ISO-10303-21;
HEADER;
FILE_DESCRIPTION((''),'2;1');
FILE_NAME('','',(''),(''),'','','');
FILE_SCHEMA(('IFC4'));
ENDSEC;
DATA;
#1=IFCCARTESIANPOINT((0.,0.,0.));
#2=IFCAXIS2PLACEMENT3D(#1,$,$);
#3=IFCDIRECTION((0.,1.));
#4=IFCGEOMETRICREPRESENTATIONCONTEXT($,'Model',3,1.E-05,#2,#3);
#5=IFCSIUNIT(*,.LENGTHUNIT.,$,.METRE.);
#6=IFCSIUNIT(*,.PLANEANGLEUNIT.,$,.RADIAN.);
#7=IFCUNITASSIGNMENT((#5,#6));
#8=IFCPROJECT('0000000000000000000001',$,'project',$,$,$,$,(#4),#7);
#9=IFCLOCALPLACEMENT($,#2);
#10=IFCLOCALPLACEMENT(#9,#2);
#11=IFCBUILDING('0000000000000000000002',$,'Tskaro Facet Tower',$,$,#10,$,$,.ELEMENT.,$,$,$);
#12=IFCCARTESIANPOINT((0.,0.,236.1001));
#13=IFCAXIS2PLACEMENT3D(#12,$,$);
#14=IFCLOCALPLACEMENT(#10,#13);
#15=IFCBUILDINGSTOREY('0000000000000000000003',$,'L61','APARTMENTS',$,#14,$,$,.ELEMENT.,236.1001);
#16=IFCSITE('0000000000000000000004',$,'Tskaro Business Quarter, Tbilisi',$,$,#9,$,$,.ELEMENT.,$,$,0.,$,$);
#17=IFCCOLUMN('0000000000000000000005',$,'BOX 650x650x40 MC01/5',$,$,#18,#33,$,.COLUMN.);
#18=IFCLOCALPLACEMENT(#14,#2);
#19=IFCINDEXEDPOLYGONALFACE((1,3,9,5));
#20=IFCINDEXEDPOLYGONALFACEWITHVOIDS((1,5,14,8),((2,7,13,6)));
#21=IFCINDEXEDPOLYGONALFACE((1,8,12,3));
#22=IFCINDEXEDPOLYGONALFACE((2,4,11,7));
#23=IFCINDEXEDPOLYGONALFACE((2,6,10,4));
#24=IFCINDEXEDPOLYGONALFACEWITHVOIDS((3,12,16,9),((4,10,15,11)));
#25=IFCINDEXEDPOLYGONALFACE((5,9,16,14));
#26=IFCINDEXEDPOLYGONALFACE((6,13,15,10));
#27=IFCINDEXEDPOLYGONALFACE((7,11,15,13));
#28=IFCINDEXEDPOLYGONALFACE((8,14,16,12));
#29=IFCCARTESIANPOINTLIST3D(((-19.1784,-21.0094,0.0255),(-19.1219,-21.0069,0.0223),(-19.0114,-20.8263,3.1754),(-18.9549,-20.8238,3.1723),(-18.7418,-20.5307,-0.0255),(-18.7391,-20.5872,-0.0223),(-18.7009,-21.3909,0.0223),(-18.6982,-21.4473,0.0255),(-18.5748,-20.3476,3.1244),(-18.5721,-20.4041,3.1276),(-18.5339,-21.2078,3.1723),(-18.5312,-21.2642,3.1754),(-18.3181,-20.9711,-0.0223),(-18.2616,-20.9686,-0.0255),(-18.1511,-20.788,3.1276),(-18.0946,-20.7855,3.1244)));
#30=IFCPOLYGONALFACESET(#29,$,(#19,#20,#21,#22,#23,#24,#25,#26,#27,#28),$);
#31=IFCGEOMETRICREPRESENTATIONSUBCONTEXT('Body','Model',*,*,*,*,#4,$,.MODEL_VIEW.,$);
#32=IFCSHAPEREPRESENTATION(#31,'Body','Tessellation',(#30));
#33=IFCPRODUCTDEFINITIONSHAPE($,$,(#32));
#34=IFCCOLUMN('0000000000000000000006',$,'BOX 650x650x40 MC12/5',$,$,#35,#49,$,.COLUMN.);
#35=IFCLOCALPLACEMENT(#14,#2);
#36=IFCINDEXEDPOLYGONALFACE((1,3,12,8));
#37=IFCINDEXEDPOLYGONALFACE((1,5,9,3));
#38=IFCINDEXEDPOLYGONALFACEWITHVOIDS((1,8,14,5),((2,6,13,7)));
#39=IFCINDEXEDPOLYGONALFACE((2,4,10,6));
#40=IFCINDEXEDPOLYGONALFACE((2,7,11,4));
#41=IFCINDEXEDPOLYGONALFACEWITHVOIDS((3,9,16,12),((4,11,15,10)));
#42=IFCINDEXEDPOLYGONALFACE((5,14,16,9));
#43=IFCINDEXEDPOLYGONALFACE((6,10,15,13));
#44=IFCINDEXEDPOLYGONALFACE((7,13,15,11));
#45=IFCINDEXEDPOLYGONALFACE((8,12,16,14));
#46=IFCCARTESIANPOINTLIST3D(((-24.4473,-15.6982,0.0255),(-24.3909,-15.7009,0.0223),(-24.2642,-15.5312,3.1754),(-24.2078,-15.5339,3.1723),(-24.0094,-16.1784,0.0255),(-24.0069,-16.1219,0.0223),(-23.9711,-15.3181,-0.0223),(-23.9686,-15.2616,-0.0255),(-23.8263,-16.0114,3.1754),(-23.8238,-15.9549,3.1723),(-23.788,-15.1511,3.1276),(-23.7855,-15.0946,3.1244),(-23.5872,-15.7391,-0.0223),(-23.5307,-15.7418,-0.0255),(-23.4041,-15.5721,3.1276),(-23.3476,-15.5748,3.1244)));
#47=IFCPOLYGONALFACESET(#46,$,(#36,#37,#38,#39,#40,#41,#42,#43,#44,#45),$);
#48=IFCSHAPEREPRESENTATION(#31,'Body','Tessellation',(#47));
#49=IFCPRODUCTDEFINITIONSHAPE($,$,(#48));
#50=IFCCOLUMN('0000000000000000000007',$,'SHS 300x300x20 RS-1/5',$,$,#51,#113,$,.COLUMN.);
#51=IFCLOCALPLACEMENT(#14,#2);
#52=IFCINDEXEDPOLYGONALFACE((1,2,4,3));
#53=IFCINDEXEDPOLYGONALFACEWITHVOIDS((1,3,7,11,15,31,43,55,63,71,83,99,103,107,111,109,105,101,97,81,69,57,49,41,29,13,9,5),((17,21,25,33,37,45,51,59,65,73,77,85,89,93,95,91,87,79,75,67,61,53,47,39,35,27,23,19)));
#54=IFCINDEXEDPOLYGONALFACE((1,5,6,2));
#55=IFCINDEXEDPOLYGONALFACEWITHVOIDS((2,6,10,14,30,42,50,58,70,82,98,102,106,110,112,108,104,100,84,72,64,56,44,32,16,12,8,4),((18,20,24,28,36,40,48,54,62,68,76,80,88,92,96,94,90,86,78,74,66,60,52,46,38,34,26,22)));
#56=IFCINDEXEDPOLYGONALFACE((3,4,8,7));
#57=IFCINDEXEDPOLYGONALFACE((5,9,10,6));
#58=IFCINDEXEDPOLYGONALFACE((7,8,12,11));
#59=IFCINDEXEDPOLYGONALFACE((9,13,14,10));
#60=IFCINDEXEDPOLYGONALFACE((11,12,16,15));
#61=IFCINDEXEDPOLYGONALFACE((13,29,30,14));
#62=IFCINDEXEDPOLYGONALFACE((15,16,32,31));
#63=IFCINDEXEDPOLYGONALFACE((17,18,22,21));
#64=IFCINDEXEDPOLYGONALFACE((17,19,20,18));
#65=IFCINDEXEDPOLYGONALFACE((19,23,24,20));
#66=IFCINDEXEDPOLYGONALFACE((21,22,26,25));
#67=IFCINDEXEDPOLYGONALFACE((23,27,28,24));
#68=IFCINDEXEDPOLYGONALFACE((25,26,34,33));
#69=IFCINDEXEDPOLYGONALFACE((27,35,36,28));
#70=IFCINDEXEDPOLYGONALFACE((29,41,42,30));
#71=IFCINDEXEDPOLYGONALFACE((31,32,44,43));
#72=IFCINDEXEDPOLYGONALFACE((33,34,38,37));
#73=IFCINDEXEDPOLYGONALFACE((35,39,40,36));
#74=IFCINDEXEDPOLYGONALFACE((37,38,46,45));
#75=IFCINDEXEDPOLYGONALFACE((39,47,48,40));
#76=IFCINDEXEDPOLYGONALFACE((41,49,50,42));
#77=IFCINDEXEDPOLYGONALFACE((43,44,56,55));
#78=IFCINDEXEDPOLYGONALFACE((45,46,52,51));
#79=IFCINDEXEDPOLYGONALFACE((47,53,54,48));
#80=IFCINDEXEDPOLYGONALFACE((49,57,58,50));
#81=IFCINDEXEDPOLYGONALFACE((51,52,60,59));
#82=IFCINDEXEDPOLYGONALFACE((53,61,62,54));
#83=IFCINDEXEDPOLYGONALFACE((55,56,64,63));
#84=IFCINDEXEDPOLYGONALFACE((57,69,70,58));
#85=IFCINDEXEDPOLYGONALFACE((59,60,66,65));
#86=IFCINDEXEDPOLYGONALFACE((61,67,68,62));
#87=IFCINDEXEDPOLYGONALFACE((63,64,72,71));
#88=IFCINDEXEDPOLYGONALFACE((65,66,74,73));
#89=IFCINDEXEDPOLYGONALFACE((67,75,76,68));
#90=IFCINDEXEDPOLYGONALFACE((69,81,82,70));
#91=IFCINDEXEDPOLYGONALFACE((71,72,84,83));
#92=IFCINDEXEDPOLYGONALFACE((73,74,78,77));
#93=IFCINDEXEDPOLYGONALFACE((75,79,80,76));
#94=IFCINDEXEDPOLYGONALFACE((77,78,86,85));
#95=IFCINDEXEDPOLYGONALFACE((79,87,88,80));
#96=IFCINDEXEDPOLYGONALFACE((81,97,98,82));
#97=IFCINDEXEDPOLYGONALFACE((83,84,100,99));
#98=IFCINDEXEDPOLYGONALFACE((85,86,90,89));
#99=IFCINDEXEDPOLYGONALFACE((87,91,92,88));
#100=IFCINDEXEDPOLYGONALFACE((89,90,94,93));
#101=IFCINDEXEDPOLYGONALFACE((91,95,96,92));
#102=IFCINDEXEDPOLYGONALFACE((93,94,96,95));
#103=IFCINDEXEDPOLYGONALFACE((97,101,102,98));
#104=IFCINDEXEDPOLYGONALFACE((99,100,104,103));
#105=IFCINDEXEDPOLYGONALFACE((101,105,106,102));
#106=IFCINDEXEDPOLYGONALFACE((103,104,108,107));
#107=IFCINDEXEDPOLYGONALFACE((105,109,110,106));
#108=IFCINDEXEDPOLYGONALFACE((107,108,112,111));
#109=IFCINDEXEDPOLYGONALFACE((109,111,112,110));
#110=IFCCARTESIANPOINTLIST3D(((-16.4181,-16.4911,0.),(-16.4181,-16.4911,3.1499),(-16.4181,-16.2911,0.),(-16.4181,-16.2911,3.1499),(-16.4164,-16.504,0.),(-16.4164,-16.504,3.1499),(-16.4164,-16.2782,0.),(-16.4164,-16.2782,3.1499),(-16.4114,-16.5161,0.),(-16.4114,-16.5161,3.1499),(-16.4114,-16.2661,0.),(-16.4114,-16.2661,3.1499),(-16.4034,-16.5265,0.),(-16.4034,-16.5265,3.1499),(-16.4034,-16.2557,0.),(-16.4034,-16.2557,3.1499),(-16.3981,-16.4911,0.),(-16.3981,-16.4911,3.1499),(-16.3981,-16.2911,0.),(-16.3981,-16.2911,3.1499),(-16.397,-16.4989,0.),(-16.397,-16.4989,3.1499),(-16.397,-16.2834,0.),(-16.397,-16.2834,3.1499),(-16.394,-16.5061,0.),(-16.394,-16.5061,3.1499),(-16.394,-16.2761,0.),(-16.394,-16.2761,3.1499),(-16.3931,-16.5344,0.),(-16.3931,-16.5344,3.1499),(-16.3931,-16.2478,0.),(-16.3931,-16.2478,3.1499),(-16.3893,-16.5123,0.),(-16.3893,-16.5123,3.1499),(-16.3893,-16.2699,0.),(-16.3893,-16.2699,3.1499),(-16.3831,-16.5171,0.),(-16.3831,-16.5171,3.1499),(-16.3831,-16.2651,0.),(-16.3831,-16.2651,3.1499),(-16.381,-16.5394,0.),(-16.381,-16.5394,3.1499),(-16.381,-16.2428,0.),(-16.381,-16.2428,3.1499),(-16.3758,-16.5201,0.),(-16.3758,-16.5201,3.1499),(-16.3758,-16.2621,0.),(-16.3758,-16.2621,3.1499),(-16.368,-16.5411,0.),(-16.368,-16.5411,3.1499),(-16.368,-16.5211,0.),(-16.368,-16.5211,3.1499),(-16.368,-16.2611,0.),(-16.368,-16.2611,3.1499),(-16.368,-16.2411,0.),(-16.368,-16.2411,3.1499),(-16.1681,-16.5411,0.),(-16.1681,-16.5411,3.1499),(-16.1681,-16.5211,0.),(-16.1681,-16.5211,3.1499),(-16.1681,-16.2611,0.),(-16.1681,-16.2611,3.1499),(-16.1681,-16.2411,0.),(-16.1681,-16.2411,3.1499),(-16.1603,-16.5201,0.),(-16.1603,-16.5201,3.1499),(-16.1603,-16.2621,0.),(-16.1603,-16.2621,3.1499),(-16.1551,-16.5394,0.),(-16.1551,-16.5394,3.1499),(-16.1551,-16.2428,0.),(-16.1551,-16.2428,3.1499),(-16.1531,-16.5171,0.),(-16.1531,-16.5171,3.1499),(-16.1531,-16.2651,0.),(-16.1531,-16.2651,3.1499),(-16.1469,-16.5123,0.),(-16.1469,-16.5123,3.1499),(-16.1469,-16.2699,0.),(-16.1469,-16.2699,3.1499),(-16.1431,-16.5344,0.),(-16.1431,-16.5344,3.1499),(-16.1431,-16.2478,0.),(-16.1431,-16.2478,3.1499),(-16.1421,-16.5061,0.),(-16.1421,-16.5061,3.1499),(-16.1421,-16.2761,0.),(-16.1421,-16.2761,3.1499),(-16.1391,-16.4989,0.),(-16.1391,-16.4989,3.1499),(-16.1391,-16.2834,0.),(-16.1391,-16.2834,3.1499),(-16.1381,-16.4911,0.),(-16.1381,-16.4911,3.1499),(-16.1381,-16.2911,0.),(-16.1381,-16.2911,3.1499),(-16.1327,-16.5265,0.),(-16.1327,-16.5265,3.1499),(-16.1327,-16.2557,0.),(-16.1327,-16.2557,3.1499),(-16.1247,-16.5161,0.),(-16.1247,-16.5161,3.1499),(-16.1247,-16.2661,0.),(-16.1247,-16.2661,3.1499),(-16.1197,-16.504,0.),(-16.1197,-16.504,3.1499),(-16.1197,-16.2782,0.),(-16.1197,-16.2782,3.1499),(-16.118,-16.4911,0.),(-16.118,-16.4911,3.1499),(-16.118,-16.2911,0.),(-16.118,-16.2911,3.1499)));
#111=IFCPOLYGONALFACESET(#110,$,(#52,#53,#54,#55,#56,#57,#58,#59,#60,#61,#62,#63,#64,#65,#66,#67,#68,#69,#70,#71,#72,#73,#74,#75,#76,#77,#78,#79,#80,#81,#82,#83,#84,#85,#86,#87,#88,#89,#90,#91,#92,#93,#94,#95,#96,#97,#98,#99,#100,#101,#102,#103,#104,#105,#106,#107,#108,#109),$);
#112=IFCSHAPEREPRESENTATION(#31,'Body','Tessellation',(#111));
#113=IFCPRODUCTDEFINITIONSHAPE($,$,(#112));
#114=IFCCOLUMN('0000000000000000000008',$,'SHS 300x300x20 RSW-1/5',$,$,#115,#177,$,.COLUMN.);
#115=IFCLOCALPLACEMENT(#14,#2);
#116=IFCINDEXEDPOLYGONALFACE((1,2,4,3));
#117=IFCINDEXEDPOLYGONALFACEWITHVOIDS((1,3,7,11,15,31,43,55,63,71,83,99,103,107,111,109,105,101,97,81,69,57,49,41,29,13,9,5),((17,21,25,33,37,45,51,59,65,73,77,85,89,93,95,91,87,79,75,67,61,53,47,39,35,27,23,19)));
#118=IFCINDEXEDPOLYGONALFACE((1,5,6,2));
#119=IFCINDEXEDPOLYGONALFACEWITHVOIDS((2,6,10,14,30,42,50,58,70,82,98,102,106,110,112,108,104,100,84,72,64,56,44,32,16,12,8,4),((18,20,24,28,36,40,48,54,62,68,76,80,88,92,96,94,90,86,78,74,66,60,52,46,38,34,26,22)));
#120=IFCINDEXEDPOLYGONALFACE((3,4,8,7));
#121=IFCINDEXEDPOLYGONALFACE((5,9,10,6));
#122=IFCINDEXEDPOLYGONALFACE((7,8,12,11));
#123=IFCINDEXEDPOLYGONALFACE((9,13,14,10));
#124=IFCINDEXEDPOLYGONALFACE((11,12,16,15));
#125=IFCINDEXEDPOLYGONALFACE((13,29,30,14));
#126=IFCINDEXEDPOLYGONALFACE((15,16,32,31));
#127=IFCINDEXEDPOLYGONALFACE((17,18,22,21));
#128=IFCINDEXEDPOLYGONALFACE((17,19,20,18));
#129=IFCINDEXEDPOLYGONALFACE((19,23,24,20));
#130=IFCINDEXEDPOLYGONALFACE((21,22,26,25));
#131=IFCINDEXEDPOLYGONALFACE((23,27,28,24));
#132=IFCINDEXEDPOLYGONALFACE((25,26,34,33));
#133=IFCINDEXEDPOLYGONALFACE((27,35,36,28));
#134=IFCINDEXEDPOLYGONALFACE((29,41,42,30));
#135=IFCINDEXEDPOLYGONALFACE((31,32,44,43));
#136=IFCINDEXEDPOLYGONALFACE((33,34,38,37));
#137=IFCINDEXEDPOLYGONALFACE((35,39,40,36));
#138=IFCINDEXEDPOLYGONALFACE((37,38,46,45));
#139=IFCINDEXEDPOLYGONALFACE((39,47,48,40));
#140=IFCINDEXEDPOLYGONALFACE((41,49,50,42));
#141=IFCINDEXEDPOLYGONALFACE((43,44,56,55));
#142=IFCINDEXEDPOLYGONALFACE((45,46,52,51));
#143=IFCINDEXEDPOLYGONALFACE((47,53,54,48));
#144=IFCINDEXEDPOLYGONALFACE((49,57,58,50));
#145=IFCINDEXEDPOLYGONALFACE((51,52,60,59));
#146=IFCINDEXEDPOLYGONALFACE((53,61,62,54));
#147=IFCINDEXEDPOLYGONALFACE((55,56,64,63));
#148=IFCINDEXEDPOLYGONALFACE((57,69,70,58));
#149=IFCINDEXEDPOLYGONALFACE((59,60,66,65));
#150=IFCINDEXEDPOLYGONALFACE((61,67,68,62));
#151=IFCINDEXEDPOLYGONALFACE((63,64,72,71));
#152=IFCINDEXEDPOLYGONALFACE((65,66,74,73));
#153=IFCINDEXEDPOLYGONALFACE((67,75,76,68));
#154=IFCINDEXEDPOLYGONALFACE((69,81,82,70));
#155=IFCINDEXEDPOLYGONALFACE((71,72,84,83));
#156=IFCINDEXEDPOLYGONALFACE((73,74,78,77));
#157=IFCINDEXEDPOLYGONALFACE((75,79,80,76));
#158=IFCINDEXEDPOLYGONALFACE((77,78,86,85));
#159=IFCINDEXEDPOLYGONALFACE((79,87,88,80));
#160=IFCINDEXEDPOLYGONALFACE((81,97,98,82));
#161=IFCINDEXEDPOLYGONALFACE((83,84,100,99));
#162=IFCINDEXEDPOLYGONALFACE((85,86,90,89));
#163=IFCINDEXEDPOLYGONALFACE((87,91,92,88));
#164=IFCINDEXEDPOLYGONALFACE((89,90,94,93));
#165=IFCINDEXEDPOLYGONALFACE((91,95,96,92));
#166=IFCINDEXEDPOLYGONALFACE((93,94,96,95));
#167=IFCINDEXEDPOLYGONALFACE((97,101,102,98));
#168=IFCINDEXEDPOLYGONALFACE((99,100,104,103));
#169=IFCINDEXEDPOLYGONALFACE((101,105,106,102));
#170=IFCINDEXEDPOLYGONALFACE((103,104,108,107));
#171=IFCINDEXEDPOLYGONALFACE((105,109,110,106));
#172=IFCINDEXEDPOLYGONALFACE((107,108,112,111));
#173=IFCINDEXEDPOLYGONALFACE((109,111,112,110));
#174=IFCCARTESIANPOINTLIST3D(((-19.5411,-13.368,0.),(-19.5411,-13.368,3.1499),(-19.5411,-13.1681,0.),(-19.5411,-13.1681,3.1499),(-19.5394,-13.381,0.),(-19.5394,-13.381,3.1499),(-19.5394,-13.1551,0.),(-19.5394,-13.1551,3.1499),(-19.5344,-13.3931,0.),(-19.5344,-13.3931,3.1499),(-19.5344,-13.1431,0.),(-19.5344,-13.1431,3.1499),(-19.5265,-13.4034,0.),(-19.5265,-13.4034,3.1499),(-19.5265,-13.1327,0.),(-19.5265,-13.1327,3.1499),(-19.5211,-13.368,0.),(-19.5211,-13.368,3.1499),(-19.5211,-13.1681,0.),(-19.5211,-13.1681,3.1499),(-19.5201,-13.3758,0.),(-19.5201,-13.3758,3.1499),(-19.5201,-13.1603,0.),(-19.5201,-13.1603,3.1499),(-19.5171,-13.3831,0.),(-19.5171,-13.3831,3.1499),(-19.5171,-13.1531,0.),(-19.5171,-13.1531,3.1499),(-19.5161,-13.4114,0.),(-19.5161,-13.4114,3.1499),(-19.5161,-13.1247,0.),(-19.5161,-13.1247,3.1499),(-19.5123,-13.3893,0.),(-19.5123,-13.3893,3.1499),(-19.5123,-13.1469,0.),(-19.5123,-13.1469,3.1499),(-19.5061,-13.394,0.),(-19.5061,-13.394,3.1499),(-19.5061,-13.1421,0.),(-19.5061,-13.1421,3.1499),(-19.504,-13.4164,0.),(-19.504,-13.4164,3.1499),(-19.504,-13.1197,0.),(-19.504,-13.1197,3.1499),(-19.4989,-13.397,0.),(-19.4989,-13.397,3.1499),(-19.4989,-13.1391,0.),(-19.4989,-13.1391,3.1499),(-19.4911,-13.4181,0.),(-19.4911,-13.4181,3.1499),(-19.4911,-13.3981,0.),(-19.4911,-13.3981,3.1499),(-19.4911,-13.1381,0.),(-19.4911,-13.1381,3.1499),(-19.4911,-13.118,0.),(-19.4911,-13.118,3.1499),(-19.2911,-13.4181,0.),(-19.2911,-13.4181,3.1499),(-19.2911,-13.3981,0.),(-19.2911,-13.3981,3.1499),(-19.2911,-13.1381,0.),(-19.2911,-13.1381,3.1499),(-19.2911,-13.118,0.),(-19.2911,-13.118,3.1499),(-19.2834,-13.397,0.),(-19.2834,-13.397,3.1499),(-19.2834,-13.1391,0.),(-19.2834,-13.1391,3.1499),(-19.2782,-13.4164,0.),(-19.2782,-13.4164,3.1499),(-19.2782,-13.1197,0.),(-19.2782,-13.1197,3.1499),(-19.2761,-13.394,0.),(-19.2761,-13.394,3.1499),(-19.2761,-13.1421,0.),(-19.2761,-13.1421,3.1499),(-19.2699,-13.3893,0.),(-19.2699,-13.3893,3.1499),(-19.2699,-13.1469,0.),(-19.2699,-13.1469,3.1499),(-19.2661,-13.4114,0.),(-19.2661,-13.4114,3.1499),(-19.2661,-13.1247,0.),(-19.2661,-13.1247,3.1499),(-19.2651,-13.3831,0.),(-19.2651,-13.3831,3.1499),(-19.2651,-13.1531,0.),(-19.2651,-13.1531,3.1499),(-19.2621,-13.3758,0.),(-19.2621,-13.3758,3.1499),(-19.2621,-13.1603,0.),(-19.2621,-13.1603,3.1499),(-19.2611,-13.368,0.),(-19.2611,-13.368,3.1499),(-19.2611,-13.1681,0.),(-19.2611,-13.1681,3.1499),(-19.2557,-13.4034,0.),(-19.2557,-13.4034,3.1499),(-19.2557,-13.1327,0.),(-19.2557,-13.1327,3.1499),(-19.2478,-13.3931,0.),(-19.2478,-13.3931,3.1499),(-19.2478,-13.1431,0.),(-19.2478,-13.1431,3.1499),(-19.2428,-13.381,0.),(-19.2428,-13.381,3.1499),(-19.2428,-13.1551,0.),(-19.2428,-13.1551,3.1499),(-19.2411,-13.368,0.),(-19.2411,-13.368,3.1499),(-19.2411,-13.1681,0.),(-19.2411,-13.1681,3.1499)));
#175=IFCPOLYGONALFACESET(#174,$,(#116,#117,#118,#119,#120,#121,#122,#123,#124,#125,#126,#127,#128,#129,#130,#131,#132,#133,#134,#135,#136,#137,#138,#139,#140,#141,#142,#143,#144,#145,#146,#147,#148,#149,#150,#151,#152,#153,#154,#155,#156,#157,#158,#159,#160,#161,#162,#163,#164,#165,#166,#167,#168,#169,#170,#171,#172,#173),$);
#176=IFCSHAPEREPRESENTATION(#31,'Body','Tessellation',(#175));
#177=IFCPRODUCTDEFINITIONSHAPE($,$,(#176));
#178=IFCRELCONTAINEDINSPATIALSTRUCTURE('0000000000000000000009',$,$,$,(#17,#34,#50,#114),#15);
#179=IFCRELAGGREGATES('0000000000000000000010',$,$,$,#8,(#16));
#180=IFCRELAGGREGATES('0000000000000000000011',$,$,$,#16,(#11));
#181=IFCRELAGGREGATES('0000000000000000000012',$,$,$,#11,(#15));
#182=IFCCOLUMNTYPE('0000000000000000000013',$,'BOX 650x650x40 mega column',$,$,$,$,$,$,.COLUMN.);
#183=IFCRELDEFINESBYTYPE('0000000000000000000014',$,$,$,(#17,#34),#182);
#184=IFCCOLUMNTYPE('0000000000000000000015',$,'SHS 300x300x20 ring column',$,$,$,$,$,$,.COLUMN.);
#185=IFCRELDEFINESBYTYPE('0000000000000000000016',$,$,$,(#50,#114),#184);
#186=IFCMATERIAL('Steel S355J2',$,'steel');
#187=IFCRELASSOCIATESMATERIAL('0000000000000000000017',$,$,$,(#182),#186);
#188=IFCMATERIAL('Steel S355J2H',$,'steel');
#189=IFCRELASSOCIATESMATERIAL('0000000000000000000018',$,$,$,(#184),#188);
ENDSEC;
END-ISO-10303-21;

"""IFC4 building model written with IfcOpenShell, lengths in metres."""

from ifc_helpers import new_model, si_unit, direction, frame, origin, origin_2d, place, context, subcontext, project, spatial, hollow_rectangle, extrude, material, material_profile, profile_set, type_object, element, save


model = new_model("IFC4")

# Units and contexts
model_context = context("Model", 3, precision=1e-05, world=origin(), true_north=direction((0.0, 1.0)))
body_context = subcontext(model_context, "Body", "Model", "MODEL_VIEW")
ifc_project = project(units=[si_unit("LENGTHUNIT", "METRE"), si_unit("PLANEANGLEUNIT", "RADIAN")], contexts=[model_context])

# Site, building, storey
site_placement = place(None, origin())
site = spatial("IfcSite", under=ifc_project, at=site_placement, Name="Tskaro Business Quarter, Tbilisi", CompositionType="ELEMENT", RefElevation=0.0)
building_placement = place(site_placement, origin())
building = spatial("IfcBuilding", under=site, at=building_placement, Name="Tskaro Facet Tower", CompositionType="ELEMENT")
storey_placement = place(building_placement, frame((0.0, 0.0, 236.1001)))
storey = spatial("IfcBuildingStorey", under=building, at=storey_placement, Name="L61", Description="APARTMENTS", CompositionType="ELEMENT", Elevation=236.1001)

# Columns
ifc_material_1 = material(Name="Steel S355J2", Category="steel")
ifc_material_profile_1 = material_profile(ifc_material_1, hollow_rectangle(XDim=0.6499, YDim=0.6499, WallThickness=0.04, at=origin_2d()), Name="BOX 650x650x40")
ifc_profile_set_1 = profile_set([ifc_material_profile_1], Name="Steel S355J2")
column_type_1 = type_object("IfcColumnType", Name="BOX 650x650x40 mega column", PredefinedType="COLUMN", material=ifc_profile_set_1)
for number, where, z_axis, x_axis, name in (
    (1, (-18.72, -20.989, 0.0), (0.052852, 0.057951, 0.996919), (-0.738869, 0.673849, 0.0), "BOX 650x650x40 MC01/5"),
    (2, (-23.989, -15.72, 0.0), (0.057951, 0.052852, 0.996919), (-0.673849, 0.738869, 0.0), "BOX 650x650x40 MC12/5"),
):
    element("IfcColumn", number, at=place(storey_placement, frame(where, z_axis=z_axis, x_axis=x_axis)), inside=storey, type_object=column_type_1, Name=name, PredefinedType="COLUMN", context=body_context, shape_type="SweptSolid", body=[
        extrude(hollow_rectangle(XDim=0.6499, YDim=0.6499, WallThickness=0.04, at=origin_2d()), origin(), (0.0, 0.0, 1.0), 3.1597),
    ])
ifc_material_2 = material(Name="Steel S355J2H", Category="steel")
ifc_material_profile_2 = material_profile(ifc_material_2, hollow_rectangle(XDim=0.3, YDim=0.3, WallThickness=0.02, InnerFilletRadius=0.03, OuterFilletRadius=0.05, at=origin_2d()), Name="SHS 300x300x20")
ifc_profile_set_2 = profile_set([ifc_material_profile_2], Name="Steel S355J2H")
column_type_2 = type_object("IfcColumnType", Name="SHS 300x300x20 ring column", PredefinedType="COLUMN", material=ifc_profile_set_2)
for number, where, z_axis, x_axis, name in (
    (3, (-16.2681, -16.3911, 0.0), (0.0, 0.0, 1.0), (1.0, 0.0, 0.0), "SHS 300x300x20 RS-1/5"),
    (4, (-19.3911, -13.2681, 0.0), (0.0, 0.0, 1.0), (1.0, 0.0, 0.0), "SHS 300x300x20 RSW-1/5"),
):
    element("IfcColumn", number, at=place(storey_placement, frame(where, z_axis=z_axis, x_axis=x_axis)), inside=storey, type_object=column_type_2, Name=name, PredefinedType="COLUMN", context=body_context, shape_type="SweptSolid", body=[
        extrude(hollow_rectangle(XDim=0.3, YDim=0.3, WallThickness=0.02, InnerFilletRadius=0.03, OuterFilletRadius=0.05, at=origin_2d()), origin(), (0.0, 0.0, 1.0), 3.1499),
    ])

save(model, "model.ifc")
